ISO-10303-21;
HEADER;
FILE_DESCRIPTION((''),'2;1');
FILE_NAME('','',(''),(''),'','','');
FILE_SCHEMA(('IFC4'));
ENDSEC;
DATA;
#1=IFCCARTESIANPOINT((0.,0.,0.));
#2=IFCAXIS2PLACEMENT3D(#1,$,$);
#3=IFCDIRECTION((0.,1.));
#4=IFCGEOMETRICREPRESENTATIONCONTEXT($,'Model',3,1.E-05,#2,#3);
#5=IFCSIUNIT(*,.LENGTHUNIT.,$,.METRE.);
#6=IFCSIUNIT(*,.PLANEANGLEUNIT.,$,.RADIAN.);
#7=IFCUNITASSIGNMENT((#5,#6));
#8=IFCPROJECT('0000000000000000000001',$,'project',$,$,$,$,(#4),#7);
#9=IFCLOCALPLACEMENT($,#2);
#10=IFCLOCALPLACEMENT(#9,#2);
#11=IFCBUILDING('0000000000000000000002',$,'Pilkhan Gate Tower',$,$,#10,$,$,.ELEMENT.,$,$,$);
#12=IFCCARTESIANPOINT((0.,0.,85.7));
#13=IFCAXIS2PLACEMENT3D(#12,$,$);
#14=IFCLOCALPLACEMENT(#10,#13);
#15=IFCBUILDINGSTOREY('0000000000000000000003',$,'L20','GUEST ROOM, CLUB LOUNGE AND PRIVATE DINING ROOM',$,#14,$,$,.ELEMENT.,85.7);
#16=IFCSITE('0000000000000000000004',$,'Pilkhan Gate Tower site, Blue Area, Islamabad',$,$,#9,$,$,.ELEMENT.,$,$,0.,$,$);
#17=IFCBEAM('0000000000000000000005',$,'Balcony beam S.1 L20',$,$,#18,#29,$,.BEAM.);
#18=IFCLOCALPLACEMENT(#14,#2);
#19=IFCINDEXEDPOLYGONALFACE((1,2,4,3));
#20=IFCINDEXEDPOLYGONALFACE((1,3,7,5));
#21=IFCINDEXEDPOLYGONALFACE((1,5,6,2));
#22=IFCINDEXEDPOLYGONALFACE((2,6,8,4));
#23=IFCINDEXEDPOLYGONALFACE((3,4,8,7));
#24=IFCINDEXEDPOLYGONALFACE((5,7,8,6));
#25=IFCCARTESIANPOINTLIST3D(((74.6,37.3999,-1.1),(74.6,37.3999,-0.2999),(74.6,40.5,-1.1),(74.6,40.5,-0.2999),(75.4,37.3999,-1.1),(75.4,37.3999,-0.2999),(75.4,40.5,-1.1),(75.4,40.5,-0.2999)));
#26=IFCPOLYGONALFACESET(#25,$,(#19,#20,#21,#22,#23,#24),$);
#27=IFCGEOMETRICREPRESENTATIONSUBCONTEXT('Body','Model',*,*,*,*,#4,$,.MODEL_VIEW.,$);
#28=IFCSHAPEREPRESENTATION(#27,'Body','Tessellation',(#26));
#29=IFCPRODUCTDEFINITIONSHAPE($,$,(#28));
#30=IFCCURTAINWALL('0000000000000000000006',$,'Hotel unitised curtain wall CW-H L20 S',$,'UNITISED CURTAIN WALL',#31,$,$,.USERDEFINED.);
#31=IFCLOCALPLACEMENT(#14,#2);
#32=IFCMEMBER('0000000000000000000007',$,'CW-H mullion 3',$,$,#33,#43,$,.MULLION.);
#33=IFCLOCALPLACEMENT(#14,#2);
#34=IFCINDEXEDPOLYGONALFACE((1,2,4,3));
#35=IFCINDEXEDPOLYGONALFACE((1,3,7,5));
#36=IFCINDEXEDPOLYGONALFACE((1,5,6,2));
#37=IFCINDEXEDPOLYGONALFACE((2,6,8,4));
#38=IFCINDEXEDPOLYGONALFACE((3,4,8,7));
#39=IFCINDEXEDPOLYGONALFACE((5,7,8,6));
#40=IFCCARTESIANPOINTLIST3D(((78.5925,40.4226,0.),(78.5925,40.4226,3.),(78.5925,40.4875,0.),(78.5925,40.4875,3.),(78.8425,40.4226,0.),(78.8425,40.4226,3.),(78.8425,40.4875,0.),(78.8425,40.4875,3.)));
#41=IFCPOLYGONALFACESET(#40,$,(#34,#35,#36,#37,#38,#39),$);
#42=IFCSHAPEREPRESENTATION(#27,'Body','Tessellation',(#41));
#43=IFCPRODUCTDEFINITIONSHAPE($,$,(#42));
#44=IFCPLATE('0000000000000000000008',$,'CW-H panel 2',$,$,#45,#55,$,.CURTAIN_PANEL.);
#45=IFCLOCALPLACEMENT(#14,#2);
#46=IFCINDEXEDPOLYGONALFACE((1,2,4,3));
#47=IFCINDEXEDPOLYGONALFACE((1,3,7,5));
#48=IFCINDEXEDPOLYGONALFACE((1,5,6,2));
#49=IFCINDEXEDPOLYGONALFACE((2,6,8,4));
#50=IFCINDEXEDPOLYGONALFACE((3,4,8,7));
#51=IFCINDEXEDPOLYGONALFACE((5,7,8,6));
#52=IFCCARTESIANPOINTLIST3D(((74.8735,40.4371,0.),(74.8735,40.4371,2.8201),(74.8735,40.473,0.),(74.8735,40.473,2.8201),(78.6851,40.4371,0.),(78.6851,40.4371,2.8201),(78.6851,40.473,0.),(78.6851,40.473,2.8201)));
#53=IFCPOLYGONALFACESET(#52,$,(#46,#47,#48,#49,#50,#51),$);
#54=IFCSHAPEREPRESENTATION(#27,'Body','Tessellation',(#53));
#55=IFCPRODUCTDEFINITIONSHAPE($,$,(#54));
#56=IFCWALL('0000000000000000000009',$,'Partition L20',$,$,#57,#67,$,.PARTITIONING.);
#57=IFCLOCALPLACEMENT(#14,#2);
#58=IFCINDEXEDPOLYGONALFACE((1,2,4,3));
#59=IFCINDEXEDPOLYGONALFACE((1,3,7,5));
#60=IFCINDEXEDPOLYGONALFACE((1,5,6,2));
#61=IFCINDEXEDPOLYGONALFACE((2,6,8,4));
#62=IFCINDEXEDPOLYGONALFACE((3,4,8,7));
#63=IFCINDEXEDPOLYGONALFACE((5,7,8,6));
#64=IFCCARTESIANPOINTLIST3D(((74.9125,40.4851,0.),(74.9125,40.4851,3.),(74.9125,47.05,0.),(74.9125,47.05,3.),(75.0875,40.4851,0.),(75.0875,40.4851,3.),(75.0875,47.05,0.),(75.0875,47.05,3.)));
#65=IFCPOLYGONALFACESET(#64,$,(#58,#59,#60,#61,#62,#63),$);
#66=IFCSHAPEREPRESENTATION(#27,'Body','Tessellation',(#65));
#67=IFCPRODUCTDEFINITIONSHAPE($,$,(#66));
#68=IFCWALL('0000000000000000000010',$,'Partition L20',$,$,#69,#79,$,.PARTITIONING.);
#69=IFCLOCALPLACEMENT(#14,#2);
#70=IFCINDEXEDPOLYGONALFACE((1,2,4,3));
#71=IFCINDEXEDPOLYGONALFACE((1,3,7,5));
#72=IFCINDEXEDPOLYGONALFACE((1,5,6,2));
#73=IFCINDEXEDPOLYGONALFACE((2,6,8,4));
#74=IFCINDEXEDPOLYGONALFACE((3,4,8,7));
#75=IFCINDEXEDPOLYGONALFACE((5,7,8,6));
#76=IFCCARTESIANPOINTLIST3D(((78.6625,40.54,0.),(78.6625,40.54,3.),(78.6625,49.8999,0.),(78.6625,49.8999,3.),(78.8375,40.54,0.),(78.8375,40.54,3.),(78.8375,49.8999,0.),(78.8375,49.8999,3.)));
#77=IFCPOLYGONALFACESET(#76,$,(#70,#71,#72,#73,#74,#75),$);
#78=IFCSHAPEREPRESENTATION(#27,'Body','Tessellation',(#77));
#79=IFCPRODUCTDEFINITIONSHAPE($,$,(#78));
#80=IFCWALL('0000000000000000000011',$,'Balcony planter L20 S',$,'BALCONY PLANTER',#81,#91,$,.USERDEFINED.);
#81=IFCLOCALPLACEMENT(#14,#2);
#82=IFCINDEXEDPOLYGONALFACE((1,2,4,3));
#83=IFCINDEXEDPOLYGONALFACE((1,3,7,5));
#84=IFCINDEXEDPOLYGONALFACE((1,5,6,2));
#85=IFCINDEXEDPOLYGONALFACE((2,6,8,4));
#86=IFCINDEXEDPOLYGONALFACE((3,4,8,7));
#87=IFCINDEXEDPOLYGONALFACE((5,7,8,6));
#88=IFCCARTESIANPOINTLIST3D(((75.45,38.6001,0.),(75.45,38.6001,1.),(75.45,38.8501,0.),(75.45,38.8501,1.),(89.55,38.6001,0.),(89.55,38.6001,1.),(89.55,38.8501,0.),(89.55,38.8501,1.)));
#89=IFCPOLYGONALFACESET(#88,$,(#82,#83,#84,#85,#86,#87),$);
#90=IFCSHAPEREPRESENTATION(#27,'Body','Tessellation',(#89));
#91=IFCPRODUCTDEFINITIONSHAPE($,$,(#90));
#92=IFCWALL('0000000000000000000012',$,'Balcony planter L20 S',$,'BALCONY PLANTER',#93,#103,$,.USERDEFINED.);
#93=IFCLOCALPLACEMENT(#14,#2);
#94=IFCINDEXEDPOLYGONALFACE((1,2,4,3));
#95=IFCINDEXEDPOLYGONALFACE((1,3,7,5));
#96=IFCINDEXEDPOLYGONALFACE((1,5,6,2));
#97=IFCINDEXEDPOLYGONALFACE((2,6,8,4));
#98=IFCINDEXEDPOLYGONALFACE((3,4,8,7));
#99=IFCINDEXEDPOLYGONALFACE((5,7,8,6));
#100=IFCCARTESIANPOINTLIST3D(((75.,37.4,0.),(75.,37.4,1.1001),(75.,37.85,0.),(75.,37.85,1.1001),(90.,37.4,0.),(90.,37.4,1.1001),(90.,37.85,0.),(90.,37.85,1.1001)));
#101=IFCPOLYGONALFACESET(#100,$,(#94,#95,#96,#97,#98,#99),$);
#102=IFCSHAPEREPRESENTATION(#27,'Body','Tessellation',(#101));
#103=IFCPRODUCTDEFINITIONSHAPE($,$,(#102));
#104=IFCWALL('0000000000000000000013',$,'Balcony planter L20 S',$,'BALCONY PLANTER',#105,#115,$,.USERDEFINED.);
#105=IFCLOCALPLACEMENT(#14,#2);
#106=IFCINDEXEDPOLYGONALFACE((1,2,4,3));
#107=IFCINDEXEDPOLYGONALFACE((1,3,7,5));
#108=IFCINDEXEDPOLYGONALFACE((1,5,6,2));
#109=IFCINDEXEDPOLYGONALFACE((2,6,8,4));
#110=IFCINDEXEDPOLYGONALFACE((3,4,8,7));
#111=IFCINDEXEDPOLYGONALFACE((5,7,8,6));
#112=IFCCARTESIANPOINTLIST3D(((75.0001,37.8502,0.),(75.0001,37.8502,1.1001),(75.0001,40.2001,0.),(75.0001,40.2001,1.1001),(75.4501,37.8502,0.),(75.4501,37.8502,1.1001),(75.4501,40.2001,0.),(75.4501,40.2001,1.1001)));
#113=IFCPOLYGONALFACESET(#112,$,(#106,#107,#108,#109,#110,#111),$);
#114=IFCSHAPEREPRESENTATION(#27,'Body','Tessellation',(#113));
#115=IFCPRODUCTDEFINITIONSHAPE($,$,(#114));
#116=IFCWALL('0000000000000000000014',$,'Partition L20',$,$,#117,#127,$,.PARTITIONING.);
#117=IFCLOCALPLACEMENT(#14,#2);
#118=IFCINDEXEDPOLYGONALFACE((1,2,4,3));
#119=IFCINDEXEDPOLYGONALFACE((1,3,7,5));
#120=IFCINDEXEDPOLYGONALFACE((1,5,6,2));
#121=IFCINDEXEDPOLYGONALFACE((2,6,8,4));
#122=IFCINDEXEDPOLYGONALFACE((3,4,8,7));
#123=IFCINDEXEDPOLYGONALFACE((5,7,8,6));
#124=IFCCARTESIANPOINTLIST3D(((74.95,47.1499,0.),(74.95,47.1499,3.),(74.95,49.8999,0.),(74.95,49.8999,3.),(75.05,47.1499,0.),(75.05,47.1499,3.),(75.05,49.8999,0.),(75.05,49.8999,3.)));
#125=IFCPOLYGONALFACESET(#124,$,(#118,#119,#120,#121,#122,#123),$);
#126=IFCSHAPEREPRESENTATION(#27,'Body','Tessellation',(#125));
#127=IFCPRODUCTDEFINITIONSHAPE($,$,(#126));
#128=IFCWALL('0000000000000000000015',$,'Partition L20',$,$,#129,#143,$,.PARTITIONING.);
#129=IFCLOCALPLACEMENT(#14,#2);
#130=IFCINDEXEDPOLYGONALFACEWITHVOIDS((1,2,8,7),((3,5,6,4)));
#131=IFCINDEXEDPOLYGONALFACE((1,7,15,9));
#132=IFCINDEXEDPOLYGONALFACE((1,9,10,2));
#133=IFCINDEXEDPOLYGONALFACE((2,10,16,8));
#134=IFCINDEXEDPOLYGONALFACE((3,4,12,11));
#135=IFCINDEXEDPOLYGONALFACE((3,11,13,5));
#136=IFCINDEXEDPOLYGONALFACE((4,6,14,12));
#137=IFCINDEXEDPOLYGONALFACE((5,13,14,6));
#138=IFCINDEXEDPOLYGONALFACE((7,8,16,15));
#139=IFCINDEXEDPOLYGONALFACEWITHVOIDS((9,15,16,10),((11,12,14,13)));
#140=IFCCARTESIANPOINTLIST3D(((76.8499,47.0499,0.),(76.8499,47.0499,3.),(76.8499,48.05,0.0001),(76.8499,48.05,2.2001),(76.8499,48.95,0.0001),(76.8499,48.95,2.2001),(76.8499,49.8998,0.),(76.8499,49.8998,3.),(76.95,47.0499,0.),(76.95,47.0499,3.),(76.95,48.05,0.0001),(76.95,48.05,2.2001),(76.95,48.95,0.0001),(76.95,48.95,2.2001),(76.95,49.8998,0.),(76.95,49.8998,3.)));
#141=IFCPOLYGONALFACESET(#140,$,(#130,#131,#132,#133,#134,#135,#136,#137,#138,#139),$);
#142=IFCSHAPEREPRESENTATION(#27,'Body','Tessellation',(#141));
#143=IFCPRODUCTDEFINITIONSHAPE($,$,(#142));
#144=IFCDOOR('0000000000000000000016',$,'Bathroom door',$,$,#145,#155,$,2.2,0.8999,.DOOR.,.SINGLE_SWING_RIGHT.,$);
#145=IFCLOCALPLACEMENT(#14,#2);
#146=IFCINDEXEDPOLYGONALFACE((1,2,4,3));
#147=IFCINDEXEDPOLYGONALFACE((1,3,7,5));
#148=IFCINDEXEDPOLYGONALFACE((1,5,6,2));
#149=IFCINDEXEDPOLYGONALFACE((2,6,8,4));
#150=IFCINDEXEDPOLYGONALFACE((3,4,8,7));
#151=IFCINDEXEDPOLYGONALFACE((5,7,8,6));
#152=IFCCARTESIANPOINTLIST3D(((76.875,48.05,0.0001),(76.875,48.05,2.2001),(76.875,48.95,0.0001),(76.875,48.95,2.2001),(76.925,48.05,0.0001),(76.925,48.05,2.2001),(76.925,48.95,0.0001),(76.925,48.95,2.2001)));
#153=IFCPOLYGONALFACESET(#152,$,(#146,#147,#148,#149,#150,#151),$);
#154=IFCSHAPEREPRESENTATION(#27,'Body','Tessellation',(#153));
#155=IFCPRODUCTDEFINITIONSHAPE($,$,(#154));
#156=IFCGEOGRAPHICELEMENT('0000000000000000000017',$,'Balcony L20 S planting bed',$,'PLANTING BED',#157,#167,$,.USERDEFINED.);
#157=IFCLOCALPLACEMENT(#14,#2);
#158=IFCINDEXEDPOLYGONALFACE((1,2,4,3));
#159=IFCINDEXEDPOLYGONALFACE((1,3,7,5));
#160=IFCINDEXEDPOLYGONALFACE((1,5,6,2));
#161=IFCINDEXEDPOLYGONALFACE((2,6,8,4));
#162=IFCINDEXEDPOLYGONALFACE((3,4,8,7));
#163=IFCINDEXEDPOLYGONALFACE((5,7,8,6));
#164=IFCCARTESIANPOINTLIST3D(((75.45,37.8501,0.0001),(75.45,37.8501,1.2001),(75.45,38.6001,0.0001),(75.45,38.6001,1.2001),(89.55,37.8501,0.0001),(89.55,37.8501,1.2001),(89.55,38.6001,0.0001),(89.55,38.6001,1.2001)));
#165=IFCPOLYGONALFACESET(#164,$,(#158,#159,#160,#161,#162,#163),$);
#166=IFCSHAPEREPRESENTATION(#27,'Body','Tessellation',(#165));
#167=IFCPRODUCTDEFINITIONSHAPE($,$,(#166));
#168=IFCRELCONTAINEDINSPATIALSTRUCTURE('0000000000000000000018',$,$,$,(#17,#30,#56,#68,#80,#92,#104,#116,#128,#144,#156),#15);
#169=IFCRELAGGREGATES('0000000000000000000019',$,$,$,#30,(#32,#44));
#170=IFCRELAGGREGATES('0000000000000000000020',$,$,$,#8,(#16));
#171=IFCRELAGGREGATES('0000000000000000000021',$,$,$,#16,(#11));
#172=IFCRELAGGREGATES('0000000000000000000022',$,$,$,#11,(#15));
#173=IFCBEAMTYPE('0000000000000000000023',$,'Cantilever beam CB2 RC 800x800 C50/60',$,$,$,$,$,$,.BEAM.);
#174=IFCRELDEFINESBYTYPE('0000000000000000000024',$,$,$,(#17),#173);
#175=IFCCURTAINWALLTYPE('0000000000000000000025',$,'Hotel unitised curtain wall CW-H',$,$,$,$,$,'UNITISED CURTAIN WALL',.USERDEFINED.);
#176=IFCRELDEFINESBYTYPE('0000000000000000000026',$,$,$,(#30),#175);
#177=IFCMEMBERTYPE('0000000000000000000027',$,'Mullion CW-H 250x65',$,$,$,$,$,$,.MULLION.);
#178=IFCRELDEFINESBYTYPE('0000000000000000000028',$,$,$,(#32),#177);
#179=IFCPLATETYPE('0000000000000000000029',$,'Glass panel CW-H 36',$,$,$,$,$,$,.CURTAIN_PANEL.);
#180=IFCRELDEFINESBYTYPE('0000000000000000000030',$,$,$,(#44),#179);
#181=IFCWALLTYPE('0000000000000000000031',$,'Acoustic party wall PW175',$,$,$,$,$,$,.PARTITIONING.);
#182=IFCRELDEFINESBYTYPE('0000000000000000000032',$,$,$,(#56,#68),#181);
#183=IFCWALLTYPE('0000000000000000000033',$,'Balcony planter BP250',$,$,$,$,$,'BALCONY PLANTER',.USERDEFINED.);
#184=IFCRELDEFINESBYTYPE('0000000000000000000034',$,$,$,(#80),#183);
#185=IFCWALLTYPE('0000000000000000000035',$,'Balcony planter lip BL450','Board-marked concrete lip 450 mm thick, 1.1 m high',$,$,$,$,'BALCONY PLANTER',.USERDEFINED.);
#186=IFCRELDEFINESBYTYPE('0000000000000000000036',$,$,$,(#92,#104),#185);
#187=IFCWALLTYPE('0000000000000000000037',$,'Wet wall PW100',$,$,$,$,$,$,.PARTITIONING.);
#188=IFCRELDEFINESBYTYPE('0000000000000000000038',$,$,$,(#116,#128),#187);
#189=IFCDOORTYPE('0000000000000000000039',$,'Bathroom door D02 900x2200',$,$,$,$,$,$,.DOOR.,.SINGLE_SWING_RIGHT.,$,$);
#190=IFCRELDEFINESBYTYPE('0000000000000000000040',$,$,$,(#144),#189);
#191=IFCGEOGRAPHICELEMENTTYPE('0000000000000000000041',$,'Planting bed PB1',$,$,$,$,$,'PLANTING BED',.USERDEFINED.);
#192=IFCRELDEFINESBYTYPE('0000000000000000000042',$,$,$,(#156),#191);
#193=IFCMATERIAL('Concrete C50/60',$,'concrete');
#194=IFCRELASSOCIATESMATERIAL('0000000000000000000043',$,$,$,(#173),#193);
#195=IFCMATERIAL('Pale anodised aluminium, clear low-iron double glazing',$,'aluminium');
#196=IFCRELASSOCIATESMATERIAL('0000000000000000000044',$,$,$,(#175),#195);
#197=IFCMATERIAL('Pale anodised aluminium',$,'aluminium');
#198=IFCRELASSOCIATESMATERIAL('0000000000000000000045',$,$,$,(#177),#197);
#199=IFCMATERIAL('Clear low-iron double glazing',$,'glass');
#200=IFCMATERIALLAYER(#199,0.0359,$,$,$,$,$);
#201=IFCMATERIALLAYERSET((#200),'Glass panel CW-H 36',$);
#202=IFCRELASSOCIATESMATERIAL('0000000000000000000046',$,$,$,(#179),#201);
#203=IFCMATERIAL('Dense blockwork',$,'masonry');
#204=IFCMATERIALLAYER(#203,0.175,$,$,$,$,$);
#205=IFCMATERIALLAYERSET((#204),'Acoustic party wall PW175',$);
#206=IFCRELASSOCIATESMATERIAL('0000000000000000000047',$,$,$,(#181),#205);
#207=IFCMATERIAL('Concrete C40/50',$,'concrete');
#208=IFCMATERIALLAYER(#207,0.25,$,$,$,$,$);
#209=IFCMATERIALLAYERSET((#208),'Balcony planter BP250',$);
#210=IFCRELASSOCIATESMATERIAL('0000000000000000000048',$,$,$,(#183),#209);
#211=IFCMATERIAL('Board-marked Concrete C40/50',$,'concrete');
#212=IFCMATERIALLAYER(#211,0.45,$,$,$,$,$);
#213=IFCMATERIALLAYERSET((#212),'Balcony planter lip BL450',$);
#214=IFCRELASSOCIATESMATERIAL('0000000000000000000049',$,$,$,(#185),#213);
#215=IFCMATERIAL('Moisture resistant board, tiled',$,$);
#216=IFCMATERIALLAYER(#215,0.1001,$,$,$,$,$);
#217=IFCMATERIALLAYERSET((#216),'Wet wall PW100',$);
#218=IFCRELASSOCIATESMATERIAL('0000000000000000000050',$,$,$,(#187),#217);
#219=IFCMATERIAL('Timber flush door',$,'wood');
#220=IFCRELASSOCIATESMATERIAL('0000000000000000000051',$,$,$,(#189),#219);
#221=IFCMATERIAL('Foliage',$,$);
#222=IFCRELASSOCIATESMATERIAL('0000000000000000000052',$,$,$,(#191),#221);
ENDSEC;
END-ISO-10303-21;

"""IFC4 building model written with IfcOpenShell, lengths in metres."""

from ifc_helpers import new_model, si_unit, direction, frame, frame_2d, origin, origin_2d, place, context, subcontext, project, spatial, rectangle, extrude, material, layer, layer_set, material_profile, profile_set, type_object, element, fill, aggregate, save


model = new_model("IFC4")

# Units and contexts
model_context = context("Model", 3, precision=1e-05, world=origin(), true_north=direction((0.0, 1.0)))
body_context = subcontext(model_context, "Body", "Model", "MODEL_VIEW")
ifc_project = project(units=[si_unit("LENGTHUNIT", "METRE"), si_unit("PLANEANGLEUNIT", "RADIAN")], contexts=[model_context])

# Site, building, storey
site_placement = place(None, origin())
site = spatial("IfcSite", under=ifc_project, at=site_placement, Name="Pilkhan Gate Tower site, Blue Area, Islamabad", CompositionType="ELEMENT", RefElevation=0.0)
building_placement = place(site_placement, origin())
building = spatial("IfcBuilding", under=site, at=building_placement, Name="Pilkhan Gate Tower", CompositionType="ELEMENT")
storey_placement = place(building_placement, frame((0.0, 0.0, 85.7)))
storey = spatial("IfcBuildingStorey", under=building, at=storey_placement, Name="L20", Description="GUEST ROOM, CLUB LOUNGE AND PRIVATE DINING ROOM", CompositionType="ELEMENT", Elevation=85.7)

# Beam
ifc_material_1 = material(Name="Concrete C50/60", Category="concrete")
ifc_material_profile_1 = material_profile(ifc_material_1, rectangle(XDim=0.8, YDim=0.8, at=origin_2d()), Name="RC 800x800")
ifc_profile_set_1 = profile_set([ifc_material_profile_1], Name="Concrete C50/60")
beam_type = type_object("IfcBeamType", Name="Cantilever beam CB2 RC 800x800 C50/60", PredefinedType="BEAM", material=ifc_profile_set_1)
beam_placement = place(storey_placement, frame((75.0, 40.5, -0.7), z_axis=(0.0, -1.0, 0.0), x_axis=(1.0, 0.0, 0.0)))
element("IfcBeam", 1, at=beam_placement, inside=storey, type_object=beam_type, Name="Balcony beam S.1 L20", PredefinedType="BEAM", context=body_context, shape_type="SweptSolid", body=[
    extrude(rectangle(XDim=0.8, YDim=0.8, at=origin_2d()), origin(), (0.0, 0.0, 1.0), 3.1001),
])

# Curtain wall, member, plate
ifc_material_2 = material(Name="Pale anodised aluminium, clear low-iron double glazing", Category="aluminium")
curtain_wall_type = type_object("IfcCurtainWallType", Name="Hotel unitised curtain wall CW-H", ElementType="UNITISED CURTAIN WALL", PredefinedType="USERDEFINED", material=ifc_material_2)
curtain_wall_placement = place(storey_placement, origin())
curtain_wall = element("IfcCurtainWall", 2, at=curtain_wall_placement, inside=storey, type_object=curtain_wall_type, Name="Hotel unitised curtain wall CW-H L20 S", ObjectType="UNITISED CURTAIN WALL", PredefinedType="USERDEFINED")
ifc_material_3 = material(Name="Pale anodised aluminium", Category="aluminium")
ifc_material_profile_2 = material_profile(ifc_material_3, rectangle(XDim=0.0649, YDim=0.25, at=origin_2d()), Name="Mullion 250x65")
ifc_profile_set_2 = profile_set([ifc_material_profile_2], Name="Pale anodised aluminium")
member_type = type_object("IfcMemberType", Name="Mullion CW-H 250x65", PredefinedType="MULLION", material=ifc_profile_set_2)
member_placement = place(storey_placement, frame((78.7175, 40.4551, 0.0), z_axis=(0.0, 0.0, 1.0), x_axis=(0.0, 1.0, 0.0)))
member = element("IfcMember", 3, at=member_placement, type_object=member_type, Name="CW-H mullion 3", PredefinedType="MULLION", context=body_context, shape_type="SweptSolid", body=[
    extrude(rectangle(XDim=0.0649, YDim=0.25, at=origin_2d()), origin(), (0.0, 0.0, 1.0), 3.0),
])
ifc_material_4 = material(Name="Clear low-iron double glazing", Category="glass")
ifc_layer_1 = layer(ifc_material_4, 0.0359)
ifc_layer_set_1 = layer_set([ifc_layer_1], Name="Glass panel CW-H 36")
plate_type = type_object("IfcPlateType", Name="Glass panel CW-H 36", PredefinedType="CURTAIN_PANEL", material=ifc_layer_set_1)
plate_placement = place(storey_placement, frame((76.7793, 40.4551, 0.0), z_axis=(0.0, 0.0, 1.0), x_axis=(1.0, 0.0, 0.0)))
plate = element("IfcPlate", 4, at=plate_placement, type_object=plate_type, Name="CW-H panel 2", PredefinedType="CURTAIN_PANEL", context=body_context, shape_type="SweptSolid", body=[
    extrude(rectangle(XDim=3.8115, YDim=0.0359, at=origin_2d()), origin(), (0.0, 0.0, 1.0), 2.8201),
])
aggregate(curtain_wall, [member, plate])

# Walls
ifc_material_5 = material(Name="Dense blockwork", Category="masonry")
ifc_layer_2 = layer(ifc_material_5, 0.175)
ifc_layer_set_2 = layer_set([ifc_layer_2], Name="Acoustic party wall PW175")
wall_type_1 = type_object("IfcWallType", Name="Acoustic party wall PW175", PredefinedType="PARTITIONING", material=ifc_layer_set_2)
wall_1_placement = place(storey_placement, frame((75.0, 40.4851, 0.0), z_axis=(0.0, 0.0, 1.0), x_axis=(0.0, 1.0, 0.0)))
element("IfcWall", 5, at=wall_1_placement, inside=storey, type_object=wall_type_1, Name="Partition L20", PredefinedType="PARTITIONING", context=body_context, shape_type="SweptSolid", body=[
    extrude(rectangle(XDim=6.5649, YDim=0.175, at=frame_2d((3.2825, 0.0))), origin(), (0.0, 0.0, 1.0), 3.0),
])
wall_2_placement = place(storey_placement, frame((78.75, 40.54, 0.0), z_axis=(0.0, 0.0, 1.0), x_axis=(0.0, 1.0, 0.0)))
element("IfcWall", 6, at=wall_2_placement, inside=storey, type_object=wall_type_1, Name="Partition L20", PredefinedType="PARTITIONING", context=body_context, shape_type="SweptSolid", body=[
    extrude(rectangle(XDim=9.3599, YDim=0.175, at=frame_2d((4.6799, 0.0))), origin(), (0.0, 0.0, 1.0), 3.0),
])
ifc_material_6 = material(Name="Concrete C40/50", Category="concrete")
ifc_layer_3 = layer(ifc_material_6, 0.25)
ifc_layer_set_3 = layer_set([ifc_layer_3], Name="Balcony planter BP250")
wall_type_2 = type_object("IfcWallType", Name="Balcony planter BP250", ElementType="BALCONY PLANTER", PredefinedType="USERDEFINED", material=ifc_layer_set_3)
wall_3_placement = place(storey_placement, frame((75.45, 38.7251, 0.0), z_axis=(0.0, 0.0, 1.0), x_axis=(1.0, 0.0, 0.0)))
element("IfcWall", 7, at=wall_3_placement, inside=storey, type_object=wall_type_2, Name="Balcony planter L20 S", ObjectType="BALCONY PLANTER", PredefinedType="USERDEFINED", context=body_context, shape_type="SweptSolid", body=[
    extrude(rectangle(XDim=14.1001, YDim=0.25, at=frame_2d((7.05, 0.0))), origin(), (0.0, 0.0, 1.0), 1.0),
])
ifc_material_7 = material(Name="Board-marked Concrete C40/50", Category="concrete")
ifc_layer_4 = layer(ifc_material_7, 0.45)
ifc_layer_set_4 = layer_set([ifc_layer_4], Name="Balcony planter lip BL450")
wall_type_3 = type_object("IfcWallType", Name="Balcony planter lip BL450", Description="Board-marked concrete lip 450 mm thick, 1.1 m high", ElementType="BALCONY PLANTER", PredefinedType="USERDEFINED", material=ifc_layer_set_4)
wall_4_placement = place(storey_placement, frame((75.0, 37.625, 0.0), z_axis=(0.0, 0.0, 1.0), x_axis=(1.0, 0.0, 0.0)))
element("IfcWall", 8, at=wall_4_placement, inside=storey, type_object=wall_type_3, Name="Balcony planter L20 S", ObjectType="BALCONY PLANTER", PredefinedType="USERDEFINED", context=body_context, shape_type="SweptSolid", body=[
    extrude(rectangle(XDim=15.0, YDim=0.45, at=frame_2d((7.5, 0.0))), origin(), (0.0, 0.0, 1.0), 1.1001),
])
wall_5_placement = place(storey_placement, frame((75.2251, 40.2, 0.0), z_axis=(0.0, 0.0, 1.0), x_axis=(0.0, -1.0, 0.0)))
element("IfcWall", 9, at=wall_5_placement, inside=storey, type_object=wall_type_3, Name="Balcony planter L20 S", ObjectType="BALCONY PLANTER", PredefinedType="USERDEFINED", context=body_context, shape_type="SweptSolid", body=[
    extrude(rectangle(XDim=2.3499, YDim=0.45, at=frame_2d((1.1748, 0.0))), origin(), (0.0, 0.0, 1.0), 1.1001),
])

# Wall
ifc_material_8 = material(Name="Moisture resistant board, tiled")
ifc_layer_5 = layer(ifc_material_8, 0.1001)
ifc_layer_set_5 = layer_set([ifc_layer_5], Name="Wet wall PW100")
wall_type_4 = type_object("IfcWallType", Name="Wet wall PW100", PredefinedType="PARTITIONING", material=ifc_layer_set_5)
wall_6_placement = place(storey_placement, frame((75.0, 47.1499, 0.0), z_axis=(0.0, 0.0, 1.0), x_axis=(0.0, 1.0, 0.0)))
element("IfcWall", 10, at=wall_6_placement, inside=storey, type_object=wall_type_4, Name="Partition L20", PredefinedType="PARTITIONING", context=body_context, shape_type="SweptSolid", body=[
    extrude(rectangle(XDim=2.75, YDim=0.1001, at=frame_2d((1.375, 0.0))), origin(), (0.0, 0.0, 1.0), 3.0),
])

# Wall, opening, door
wall_7_placement = place(storey_placement, frame((76.8999, 47.05, 0.0), z_axis=(0.0, 0.0, 1.0), x_axis=(0.0, 1.0, 0.0)))
wall_7 = element("IfcWall", 11, at=wall_7_placement, inside=storey, type_object=wall_type_4, Name="Partition L20", PredefinedType="PARTITIONING", context=body_context, shape_type="SweptSolid", body=[
    extrude(rectangle(XDim=2.8499, YDim=0.1001, at=frame_2d((1.4248, 0.0))), origin(), (0.0, 0.0, 1.0), 3.0),
])
opening_1_placement = place(wall_7_placement, frame((1.0, 0.0, 0.0)))
opening_1 = element("IfcOpeningElement", 12, at=opening_1_placement, cuts=wall_7, PredefinedType="OPENING", context=body_context, shape_type="SweptSolid", body=[
    extrude(rectangle(XDim=0.8999, YDim=2.2, at=frame_2d((0.45, 1.1001))), frame((0.0, 0.0601, 0.0), z_axis=(0.0, -1.0, 0.0), x_axis=(1.0, 0.0, 0.0)), (0.0, 0.0, 1.0), 0.1201),
])
ifc_material_9 = material(Name="Timber flush door", Category="wood")
door_type_1 = type_object("IfcDoorType", Name="Bathroom door D02 900x2200", OperationType="SINGLE_SWING_RIGHT", PredefinedType="DOOR", material=ifc_material_9)
door_1_placement = place(opening_1_placement, origin())
door_1 = element("IfcDoor", 13, at=door_1_placement, inside=storey, type_object=door_type_1, Name="Bathroom door", OperationType="SINGLE_SWING_RIGHT", OverallHeight=2.2, OverallWidth=0.8999, PredefinedType="DOOR", context=body_context, shape_type="SweptSolid", body=[
    extrude(rectangle(XDim=0.8999, YDim=2.2, at=frame_2d((0.45, 1.1001))), frame((0.0, 0.0249, 0.0), z_axis=(0.0, -1.0, 0.0), x_axis=(1.0, 0.0, 0.0)), (0.0, 0.0, 1.0), 0.05),
])
fill(opening_1, door_1)

# Geographic element
ifc_material_10 = material(Name="Foliage")
ifc_material_profile_3 = material_profile(ifc_material_10, rectangle(XDim=0.75, YDim=1.2, at=origin_2d()), Name="Bed 750x1200")
ifc_profile_set_3 = profile_set([ifc_material_profile_3], Name="Foliage")
geographic_element_type_1 = type_object("IfcGeographicElementType", Name="Planting bed PB1", ElementType="PLANTING BED", PredefinedType="USERDEFINED", material=ifc_profile_set_3)
geographic_element_1_placement = place(storey_placement, frame((75.45, 38.2251, 0.6001), z_axis=(1.0, 0.0, 0.0), x_axis=(0.0, 1.0, 0.0)))
element("IfcGeographicElement", 14, at=geographic_element_1_placement, inside=storey, type_object=geographic_element_type_1, Name="Balcony L20 S planting bed", ObjectType="PLANTING BED", PredefinedType="USERDEFINED", context=body_context, shape_type="SweptSolid", body=[
    extrude(rectangle(XDim=0.75, YDim=1.2, at=origin_2d()), origin(), (0.0, 0.0, 1.0), 14.1001),
])

save(model, "model.ifc")
